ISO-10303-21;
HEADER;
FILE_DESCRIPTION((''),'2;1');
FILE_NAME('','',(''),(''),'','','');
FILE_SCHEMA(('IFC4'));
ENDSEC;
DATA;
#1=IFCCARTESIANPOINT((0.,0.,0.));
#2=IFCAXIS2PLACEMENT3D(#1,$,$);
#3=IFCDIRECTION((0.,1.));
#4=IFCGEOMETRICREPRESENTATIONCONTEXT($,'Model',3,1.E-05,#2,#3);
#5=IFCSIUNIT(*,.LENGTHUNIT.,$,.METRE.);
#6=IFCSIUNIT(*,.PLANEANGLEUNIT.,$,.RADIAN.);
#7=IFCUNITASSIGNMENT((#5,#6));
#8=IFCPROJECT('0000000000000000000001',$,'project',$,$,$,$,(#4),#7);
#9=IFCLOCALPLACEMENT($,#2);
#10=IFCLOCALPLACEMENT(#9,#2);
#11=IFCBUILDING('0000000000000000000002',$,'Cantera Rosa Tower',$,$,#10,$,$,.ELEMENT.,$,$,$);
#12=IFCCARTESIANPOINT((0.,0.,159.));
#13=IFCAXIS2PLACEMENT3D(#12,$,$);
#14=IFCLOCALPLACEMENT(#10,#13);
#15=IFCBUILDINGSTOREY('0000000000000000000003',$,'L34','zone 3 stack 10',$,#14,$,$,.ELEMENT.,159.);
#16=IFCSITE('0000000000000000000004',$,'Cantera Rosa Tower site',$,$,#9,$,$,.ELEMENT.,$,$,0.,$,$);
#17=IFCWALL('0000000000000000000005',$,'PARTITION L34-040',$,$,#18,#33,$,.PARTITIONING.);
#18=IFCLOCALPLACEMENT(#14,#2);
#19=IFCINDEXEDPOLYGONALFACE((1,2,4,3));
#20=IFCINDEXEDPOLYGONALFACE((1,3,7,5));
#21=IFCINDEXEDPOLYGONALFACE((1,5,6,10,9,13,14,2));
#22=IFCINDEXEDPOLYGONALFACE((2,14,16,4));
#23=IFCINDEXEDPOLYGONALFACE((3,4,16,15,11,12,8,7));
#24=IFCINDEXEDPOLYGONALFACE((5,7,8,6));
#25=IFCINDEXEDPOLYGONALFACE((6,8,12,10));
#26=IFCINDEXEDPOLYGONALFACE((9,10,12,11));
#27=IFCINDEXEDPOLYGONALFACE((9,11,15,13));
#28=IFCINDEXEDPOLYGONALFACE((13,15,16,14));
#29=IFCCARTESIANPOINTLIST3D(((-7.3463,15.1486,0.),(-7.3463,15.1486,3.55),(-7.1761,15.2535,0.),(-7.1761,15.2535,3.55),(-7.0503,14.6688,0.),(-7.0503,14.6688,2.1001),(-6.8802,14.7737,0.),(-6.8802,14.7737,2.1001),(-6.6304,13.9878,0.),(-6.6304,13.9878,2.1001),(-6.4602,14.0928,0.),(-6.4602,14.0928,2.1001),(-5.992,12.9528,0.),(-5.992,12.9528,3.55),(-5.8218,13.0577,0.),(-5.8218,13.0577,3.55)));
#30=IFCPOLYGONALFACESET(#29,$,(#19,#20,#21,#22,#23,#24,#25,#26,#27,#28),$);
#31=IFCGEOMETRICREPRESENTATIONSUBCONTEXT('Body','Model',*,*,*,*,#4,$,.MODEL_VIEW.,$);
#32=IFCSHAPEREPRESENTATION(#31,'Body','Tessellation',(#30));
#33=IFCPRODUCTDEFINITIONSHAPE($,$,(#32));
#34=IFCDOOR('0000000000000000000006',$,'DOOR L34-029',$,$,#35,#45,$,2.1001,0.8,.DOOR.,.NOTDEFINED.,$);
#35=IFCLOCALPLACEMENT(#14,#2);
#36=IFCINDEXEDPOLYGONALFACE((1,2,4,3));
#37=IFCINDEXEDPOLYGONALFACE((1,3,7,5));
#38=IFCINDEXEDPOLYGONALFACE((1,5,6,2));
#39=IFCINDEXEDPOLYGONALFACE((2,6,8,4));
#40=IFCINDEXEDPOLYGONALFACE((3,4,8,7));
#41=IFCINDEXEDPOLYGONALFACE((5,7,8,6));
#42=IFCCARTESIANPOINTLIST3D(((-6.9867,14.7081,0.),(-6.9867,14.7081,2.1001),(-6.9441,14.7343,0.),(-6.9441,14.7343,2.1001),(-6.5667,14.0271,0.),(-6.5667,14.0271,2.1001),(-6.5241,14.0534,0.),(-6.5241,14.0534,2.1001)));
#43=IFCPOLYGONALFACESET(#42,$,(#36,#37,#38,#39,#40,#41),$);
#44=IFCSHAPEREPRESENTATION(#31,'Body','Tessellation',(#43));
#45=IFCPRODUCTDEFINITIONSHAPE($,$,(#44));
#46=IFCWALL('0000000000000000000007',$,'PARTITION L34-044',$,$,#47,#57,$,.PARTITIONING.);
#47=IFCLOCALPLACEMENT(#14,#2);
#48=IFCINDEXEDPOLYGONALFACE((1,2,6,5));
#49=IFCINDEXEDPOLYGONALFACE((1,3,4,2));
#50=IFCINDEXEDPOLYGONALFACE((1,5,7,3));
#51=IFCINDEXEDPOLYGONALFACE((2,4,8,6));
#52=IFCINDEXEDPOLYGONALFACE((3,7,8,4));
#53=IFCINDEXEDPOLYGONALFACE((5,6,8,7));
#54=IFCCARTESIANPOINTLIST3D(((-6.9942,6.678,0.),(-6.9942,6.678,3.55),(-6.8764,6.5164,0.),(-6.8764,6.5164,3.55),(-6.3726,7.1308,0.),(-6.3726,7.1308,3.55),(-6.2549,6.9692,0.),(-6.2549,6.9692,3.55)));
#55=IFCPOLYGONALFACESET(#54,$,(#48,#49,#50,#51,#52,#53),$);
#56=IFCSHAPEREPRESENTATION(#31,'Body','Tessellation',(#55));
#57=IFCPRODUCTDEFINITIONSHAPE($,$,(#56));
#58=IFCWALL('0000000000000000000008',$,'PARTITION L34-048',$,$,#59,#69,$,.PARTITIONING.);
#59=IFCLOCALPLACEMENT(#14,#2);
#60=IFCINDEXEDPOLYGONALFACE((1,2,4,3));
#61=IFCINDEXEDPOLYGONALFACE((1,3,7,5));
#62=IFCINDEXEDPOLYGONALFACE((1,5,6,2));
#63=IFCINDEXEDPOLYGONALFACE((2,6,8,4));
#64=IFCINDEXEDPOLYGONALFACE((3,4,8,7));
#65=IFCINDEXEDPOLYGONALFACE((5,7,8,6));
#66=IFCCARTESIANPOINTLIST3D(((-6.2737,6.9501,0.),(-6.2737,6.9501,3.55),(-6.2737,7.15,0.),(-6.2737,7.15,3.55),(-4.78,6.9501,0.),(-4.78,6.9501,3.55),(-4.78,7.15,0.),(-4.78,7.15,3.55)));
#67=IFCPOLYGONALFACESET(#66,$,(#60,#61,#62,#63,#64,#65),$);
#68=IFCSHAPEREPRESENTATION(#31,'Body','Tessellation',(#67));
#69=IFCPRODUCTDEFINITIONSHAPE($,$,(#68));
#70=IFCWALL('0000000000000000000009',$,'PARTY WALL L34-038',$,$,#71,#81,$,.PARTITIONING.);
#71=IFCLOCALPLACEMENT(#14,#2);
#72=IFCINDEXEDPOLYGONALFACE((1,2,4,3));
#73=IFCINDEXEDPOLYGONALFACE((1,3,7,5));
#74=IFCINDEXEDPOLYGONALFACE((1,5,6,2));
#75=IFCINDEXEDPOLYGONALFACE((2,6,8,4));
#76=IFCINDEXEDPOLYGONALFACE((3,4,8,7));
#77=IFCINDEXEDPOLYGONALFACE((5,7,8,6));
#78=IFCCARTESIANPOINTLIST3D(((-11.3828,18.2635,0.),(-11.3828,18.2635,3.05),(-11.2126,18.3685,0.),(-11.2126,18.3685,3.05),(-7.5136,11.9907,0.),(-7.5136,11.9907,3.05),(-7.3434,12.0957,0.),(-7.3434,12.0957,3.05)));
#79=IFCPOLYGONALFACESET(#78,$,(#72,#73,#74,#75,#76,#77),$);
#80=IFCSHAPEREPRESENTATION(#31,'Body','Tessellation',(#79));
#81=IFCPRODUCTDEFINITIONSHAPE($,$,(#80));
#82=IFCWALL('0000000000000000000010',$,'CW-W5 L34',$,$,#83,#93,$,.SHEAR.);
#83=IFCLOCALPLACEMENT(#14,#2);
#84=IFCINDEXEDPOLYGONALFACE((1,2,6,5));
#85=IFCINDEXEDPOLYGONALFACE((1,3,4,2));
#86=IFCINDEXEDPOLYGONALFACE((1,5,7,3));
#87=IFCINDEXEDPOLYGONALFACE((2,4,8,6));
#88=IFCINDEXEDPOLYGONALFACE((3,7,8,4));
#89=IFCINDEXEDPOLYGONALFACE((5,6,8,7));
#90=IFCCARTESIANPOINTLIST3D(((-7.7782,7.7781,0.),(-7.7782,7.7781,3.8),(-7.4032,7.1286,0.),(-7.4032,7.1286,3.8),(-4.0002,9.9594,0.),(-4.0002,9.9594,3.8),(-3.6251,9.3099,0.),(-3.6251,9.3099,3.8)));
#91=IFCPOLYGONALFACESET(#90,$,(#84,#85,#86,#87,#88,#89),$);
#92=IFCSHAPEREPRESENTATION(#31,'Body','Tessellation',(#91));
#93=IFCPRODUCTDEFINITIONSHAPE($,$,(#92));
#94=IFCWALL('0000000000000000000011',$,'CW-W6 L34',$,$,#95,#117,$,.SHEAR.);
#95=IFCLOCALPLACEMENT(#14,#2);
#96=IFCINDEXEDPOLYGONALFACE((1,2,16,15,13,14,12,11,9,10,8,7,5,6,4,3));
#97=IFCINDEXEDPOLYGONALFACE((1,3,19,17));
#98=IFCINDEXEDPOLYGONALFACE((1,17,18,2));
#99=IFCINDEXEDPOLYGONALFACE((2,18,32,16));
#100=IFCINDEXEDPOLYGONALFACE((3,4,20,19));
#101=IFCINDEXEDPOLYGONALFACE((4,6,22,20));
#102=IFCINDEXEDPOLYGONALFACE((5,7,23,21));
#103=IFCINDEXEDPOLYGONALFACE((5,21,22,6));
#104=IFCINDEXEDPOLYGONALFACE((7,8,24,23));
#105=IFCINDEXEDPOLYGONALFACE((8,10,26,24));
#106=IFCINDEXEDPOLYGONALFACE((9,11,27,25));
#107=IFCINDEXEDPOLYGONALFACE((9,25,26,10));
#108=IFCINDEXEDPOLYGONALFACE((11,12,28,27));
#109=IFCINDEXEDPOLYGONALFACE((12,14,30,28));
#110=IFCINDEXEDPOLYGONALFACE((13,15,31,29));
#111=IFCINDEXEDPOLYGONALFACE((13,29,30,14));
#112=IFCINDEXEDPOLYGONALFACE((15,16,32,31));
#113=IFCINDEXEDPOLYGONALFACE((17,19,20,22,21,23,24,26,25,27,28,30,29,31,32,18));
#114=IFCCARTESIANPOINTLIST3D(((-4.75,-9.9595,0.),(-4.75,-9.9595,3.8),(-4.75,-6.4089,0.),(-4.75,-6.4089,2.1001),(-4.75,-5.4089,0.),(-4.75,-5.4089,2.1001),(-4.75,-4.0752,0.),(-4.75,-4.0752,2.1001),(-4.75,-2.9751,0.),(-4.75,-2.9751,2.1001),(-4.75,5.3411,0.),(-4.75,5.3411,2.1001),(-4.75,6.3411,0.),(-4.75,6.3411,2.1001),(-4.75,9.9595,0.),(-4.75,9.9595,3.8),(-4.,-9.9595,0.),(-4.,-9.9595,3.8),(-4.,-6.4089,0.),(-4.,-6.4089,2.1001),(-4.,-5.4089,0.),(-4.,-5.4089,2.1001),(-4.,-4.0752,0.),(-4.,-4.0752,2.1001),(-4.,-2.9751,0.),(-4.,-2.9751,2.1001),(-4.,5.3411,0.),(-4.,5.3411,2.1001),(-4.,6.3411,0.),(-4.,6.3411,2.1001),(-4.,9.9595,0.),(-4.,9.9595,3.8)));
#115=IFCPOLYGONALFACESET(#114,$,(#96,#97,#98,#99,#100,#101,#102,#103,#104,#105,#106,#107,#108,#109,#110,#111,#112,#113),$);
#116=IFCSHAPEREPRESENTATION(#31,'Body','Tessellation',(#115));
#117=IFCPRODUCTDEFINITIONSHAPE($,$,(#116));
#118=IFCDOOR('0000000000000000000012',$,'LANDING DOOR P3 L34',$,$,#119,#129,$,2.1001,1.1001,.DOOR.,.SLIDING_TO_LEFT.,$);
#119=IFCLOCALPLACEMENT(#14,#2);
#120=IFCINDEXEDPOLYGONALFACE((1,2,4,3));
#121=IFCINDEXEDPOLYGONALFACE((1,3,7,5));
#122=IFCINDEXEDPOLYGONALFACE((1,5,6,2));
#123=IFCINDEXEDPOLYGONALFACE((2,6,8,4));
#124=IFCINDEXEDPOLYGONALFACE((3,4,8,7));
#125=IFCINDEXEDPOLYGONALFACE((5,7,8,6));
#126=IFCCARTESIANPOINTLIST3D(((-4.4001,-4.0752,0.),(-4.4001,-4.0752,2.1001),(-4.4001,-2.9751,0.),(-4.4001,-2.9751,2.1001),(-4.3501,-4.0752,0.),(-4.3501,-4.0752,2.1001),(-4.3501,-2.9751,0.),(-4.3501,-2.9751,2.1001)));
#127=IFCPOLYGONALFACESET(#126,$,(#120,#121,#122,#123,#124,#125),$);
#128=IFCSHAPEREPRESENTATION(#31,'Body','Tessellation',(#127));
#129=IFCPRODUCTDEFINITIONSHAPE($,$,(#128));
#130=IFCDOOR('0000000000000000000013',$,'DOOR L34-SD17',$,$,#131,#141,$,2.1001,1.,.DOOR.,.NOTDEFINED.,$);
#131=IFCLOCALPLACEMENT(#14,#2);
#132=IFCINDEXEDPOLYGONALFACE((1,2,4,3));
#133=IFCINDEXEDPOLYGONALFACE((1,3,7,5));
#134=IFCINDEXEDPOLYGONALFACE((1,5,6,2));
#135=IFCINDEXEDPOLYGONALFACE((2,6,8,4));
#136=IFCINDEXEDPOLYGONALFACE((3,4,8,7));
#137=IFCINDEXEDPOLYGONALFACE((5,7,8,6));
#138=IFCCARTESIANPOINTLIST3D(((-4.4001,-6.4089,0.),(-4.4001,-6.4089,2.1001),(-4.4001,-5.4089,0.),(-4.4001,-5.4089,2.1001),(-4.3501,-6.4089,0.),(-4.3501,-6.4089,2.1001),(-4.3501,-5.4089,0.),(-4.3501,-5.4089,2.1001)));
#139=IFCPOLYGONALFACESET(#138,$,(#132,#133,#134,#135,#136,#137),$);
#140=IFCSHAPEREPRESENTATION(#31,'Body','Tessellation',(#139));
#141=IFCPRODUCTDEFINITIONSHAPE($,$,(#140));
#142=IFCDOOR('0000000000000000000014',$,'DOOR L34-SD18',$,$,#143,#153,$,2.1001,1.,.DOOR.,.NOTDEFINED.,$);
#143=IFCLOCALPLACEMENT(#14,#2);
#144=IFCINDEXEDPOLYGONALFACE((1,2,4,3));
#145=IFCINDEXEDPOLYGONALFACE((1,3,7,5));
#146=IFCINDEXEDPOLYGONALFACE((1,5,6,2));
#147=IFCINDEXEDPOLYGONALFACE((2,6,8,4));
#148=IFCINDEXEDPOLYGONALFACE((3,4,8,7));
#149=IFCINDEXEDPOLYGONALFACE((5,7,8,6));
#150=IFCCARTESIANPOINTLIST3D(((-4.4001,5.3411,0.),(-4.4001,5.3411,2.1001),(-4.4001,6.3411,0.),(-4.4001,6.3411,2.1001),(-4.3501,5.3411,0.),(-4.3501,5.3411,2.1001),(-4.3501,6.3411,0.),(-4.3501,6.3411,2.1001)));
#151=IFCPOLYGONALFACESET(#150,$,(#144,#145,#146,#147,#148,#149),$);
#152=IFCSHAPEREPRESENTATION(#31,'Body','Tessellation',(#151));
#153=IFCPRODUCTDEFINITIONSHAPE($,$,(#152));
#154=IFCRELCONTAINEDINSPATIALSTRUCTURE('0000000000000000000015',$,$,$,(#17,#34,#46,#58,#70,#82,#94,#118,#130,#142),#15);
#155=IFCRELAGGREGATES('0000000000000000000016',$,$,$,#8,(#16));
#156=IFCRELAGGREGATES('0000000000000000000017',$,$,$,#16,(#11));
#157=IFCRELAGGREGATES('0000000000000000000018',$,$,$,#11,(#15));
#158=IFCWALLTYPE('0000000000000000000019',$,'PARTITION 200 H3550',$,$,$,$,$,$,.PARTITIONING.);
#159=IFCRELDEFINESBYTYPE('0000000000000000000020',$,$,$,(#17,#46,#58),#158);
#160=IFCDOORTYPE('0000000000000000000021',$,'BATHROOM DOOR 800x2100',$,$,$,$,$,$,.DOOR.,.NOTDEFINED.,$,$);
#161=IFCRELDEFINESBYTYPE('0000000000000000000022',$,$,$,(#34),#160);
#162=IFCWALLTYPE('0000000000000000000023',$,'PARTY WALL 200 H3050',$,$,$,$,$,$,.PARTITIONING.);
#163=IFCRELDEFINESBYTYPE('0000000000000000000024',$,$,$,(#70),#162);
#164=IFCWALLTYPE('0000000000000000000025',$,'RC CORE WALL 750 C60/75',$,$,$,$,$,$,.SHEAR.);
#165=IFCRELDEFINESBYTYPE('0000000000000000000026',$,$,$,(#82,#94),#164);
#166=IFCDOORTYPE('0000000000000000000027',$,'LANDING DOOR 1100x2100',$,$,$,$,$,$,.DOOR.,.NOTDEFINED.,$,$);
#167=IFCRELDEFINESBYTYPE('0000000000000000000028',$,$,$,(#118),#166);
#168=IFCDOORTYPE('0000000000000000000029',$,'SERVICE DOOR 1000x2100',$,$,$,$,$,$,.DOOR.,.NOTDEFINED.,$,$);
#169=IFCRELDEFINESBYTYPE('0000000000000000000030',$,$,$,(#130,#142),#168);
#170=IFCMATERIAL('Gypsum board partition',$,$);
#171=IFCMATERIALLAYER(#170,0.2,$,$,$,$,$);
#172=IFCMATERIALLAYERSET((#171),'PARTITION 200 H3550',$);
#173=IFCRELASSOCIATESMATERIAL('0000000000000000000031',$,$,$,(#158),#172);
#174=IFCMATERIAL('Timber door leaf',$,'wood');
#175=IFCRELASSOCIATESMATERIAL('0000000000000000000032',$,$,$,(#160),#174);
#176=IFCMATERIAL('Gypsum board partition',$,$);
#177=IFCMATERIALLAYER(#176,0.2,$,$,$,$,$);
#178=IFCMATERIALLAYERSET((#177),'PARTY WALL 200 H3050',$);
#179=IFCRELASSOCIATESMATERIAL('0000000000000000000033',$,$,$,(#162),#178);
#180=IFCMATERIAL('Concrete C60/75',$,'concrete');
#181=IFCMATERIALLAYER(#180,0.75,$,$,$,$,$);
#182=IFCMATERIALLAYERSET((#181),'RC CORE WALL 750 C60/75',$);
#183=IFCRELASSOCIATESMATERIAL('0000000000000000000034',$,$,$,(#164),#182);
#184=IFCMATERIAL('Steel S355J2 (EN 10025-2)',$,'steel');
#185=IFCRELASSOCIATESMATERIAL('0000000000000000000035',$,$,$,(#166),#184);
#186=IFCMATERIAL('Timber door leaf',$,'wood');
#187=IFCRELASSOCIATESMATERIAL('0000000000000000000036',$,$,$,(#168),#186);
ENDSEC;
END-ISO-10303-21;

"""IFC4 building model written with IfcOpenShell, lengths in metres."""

from ifc_helpers import new_model, si_unit, direction, frame, frame_2d, origin, place, context, subcontext, project, spatial, rectangle, extrude, material, layer, layer_set, type_object, element, fill, save


model = new_model("IFC4")

# Units and contexts
model_context = context("Model", 3, precision=1e-05, world=origin(), true_north=direction((0.0, 1.0)))
body_context = subcontext(model_context, "Body", "Model", "MODEL_VIEW")
ifc_project = project(units=[si_unit("LENGTHUNIT", "METRE"), si_unit("PLANEANGLEUNIT", "RADIAN")], contexts=[model_context])

# Site, building, storey
site_placement = place(None, origin())
site = spatial("IfcSite", under=ifc_project, at=site_placement, Name="Cantera Rosa Tower site", CompositionType="ELEMENT", RefElevation=0.0)
building_placement = place(site_placement, origin())
building = spatial("IfcBuilding", under=site, at=building_placement, Name="Cantera Rosa Tower", CompositionType="ELEMENT")
storey_placement = place(building_placement, frame((0.0, 0.0, 159.0)))
storey = spatial("IfcBuildingStorey", under=building, at=storey_placement, Name="L34", Description="zone 3 stack 10", CompositionType="ELEMENT", Elevation=159.0)

# Shared definitions
ifc_material_1 = material(Name="Gypsum board partition")
ifc_layer_1 = layer(ifc_material_1, 0.2)
ifc_layer_set_1 = layer_set([ifc_layer_1], Name="PARTITION 200 H3550")
wall_type_1 = type_object("IfcWallType", Name="PARTITION 200 H3550", PredefinedType="PARTITIONING", material=ifc_layer_set_1)

# Shared definitions
ifc_material_2 = material(Name="Timber door leaf", Category="wood")
door_type_1 = type_object("IfcDoorType", Name="BATHROOM DOOR 800x2100", OperationType="NOTDEFINED", PredefinedType="DOOR", material=ifc_material_2)

# Wall, opening, door
wall_1_placement = place(storey_placement, frame((-7.2612, 15.2012, 0.0), z_axis=(0.0, 0.0, 1.0), x_axis=(0.524937, -0.851141, 0.0)))
wall_1 = element("IfcWall", 1, at=wall_1_placement, inside=storey, type_object=wall_type_1, Name="PARTITION L34-040", PredefinedType="PARTITIONING", context=body_context, shape_type="SweptSolid", body=[
    extrude(rectangle(XDim=2.5798, YDim=0.2, at=frame_2d((1.29, 0.0))), origin(), (0.0, 0.0, 1.0), 3.55),
])
opening_1_placement = place(wall_1_placement, frame((0.564, 0.0, 0.0)))
opening_1 = element("IfcOpeningElement", 2, at=opening_1_placement, cuts=wall_1, PredefinedType="OPENING", context=body_context, shape_type="SweptSolid", body=[
    extrude(rectangle(XDim=0.8, YDim=2.1001, at=frame_2d((0.3999, 1.05))), frame((0.0, 0.1099, 0.0), z_axis=(0.0, -1.0, 0.0), x_axis=(1.0, 0.0, 0.0)), (0.0, 0.0, 1.0), 0.22),
])
door_1_placement = place(opening_1_placement, origin())
door_1 = element("IfcDoor", 3, at=door_1_placement, inside=storey, type_object=door_type_1, Name="DOOR L34-029", OperationType="NOTDEFINED", OverallHeight=2.1001, OverallWidth=0.8, PredefinedType="DOOR", context=body_context, shape_type="SweptSolid", body=[
    extrude(rectangle(XDim=0.8, YDim=2.1001, at=frame_2d((0.3999, 1.05))), frame((0.0, 0.0249, 0.0), z_axis=(0.0, -1.0, 0.0), x_axis=(1.0, 0.0, 0.0)), (0.0, 0.0, 1.0), 0.05),
])
fill(opening_1, door_1)

# Walls
wall_2_placement = place(storey_placement, frame((-6.9353, 6.5972, 0.0), z_axis=(0.0, 0.0, 1.0), x_axis=(0.808228, 0.58887, 0.0)))
element("IfcWall", 4, at=wall_2_placement, inside=storey, type_object=wall_type_1, Name="PARTITION L34-044", PredefinedType="PARTITIONING", context=body_context, shape_type="SweptSolid", body=[
    extrude(rectangle(XDim=0.769, YDim=0.2, at=frame_2d((0.3845, 0.0))), origin(), (0.0, 0.0, 1.0), 3.55),
])
wall_3_placement = place(storey_placement, frame((-6.2737, 7.05, 0.0), z_axis=(0.0, 0.0, 1.0), x_axis=(1.0, 0.0, 0.0)))
element("IfcWall", 5, at=wall_3_placement, inside=storey, type_object=wall_type_1, Name="PARTITION L34-048", PredefinedType="PARTITIONING", context=body_context, shape_type="SweptSolid", body=[
    extrude(rectangle(XDim=1.4937, YDim=0.2, at=frame_2d((0.7468, 0.0))), origin(), (0.0, 0.0, 1.0), 3.55),
])
ifc_material_3 = material(Name="Gypsum board partition")
ifc_layer_2 = layer(ifc_material_3, 0.2)
ifc_layer_set_2 = layer_set([ifc_layer_2], Name="PARTY WALL 200 H3050")
wall_type_2 = type_object("IfcWallType", Name="PARTY WALL 200 H3050", PredefinedType="PARTITIONING", material=ifc_layer_set_2)
wall_4_placement = place(storey_placement, frame((-7.4285, 12.0432, 0.0), z_axis=(0.0, 0.0, 1.0), x_axis=(-0.524984, 0.851112, 0.0)))
element("IfcWall", 6, at=wall_4_placement, inside=storey, type_object=wall_type_2, Name="PARTY WALL L34-038", PredefinedType="PARTITIONING", context=body_context, shape_type="SweptSolid", body=[
    extrude(rectangle(XDim=7.3701, YDim=0.2, at=frame_2d((3.6851, 0.0))), origin(), (0.0, 0.0, 1.0), 3.05),
])
ifc_material_4 = material(Name="Concrete C60/75", Category="concrete")
ifc_layer_3 = layer(ifc_material_4, 0.75)
ifc_layer_set_3 = layer_set([ifc_layer_3], Name="RC CORE WALL 750 C60/75")
wall_type_3 = type_object("IfcWallType", Name="RC CORE WALL 750 C60/75", PredefinedType="SHEAR", material=ifc_layer_set_3)
wall_5_placement = place(storey_placement, frame((-7.5906, 7.4534, 0.0), z_axis=(0.0, 0.0, 1.0), x_axis=(0.866013, 0.500021, 0.0)))
element("IfcWall", 7, at=wall_5_placement, inside=storey, type_object=wall_type_3, Name="CW-W5 L34", PredefinedType="SHEAR", context=body_context, shape_type="SweptSolid", body=[
    extrude(rectangle(XDim=4.3625, YDim=0.75, at=frame_2d((2.1812, 0.0))), origin(), (0.0, 0.0, 1.0), 3.8),
])

# Wall, openings, doors
wall_6_placement = place(storey_placement, frame((-4.375, 9.9595, 0.0), z_axis=(0.0, 0.0, 1.0), x_axis=(0.0, -1.0, 0.0)))
wall_6 = element("IfcWall", 8, at=wall_6_placement, inside=storey, type_object=wall_type_3, Name="CW-W6 L34", PredefinedType="SHEAR", context=body_context, shape_type="SweptSolid", body=[
    extrude(rectangle(XDim=19.9189, YDim=0.75, at=frame_2d((9.9595, 0.0))), origin(), (0.0, 0.0, 1.0), 3.8),
])
opening_2_placement = place(wall_6_placement, frame((12.9346, 0.0, 0.0)))
opening_2 = element("IfcOpeningElement", 9, at=opening_2_placement, cuts=wall_6, PredefinedType="OPENING", context=body_context, shape_type="SweptSolid", body=[
    extrude(rectangle(XDim=1.1001, YDim=2.1001, at=frame_2d((0.55, 1.05))), frame((0.0, 0.385, 0.0), z_axis=(0.0, -1.0, 0.0), x_axis=(1.0, 0.0, 0.0)), (0.0, 0.0, 1.0), 0.77),
])
opening_3_placement = place(wall_6_placement, frame((15.3684, 0.0, 0.0)))
opening_3 = element("IfcOpeningElement", 10, at=opening_3_placement, cuts=wall_6, PredefinedType="OPENING", context=body_context, shape_type="SweptSolid", body=[
    extrude(rectangle(XDim=1.0, YDim=2.1001, at=frame_2d((0.5, 1.05))), frame((0.0, 0.385, 0.0), z_axis=(0.0, -1.0, 0.0), x_axis=(1.0, 0.0, 0.0)), (0.0, 0.0, 1.0), 0.77),
])
opening_4_placement = place(wall_6_placement, frame((3.6184, 0.0, 0.0)))
opening_4 = element("IfcOpeningElement", 11, at=opening_4_placement, cuts=wall_6, PredefinedType="OPENING", context=body_context, shape_type="SweptSolid", body=[
    extrude(rectangle(XDim=1.0, YDim=2.1001, at=frame_2d((0.5, 1.05))), frame((0.0, 0.385, 0.0), z_axis=(0.0, -1.0, 0.0), x_axis=(1.0, 0.0, 0.0)), (0.0, 0.0, 1.0), 0.77),
])
ifc_material_5 = material(Name="Steel S355J2 (EN 10025-2)", Category="steel")
door_type_2 = type_object("IfcDoorType", Name="LANDING DOOR 1100x2100", OperationType="NOTDEFINED", PredefinedType="DOOR", material=ifc_material_5)
door_2_placement = place(opening_2_placement, origin())
door_2 = element("IfcDoor", 12, at=door_2_placement, inside=storey, type_object=door_type_2, Name="LANDING DOOR P3 L34", OperationType="SLIDING_TO_LEFT", OverallHeight=2.1001, OverallWidth=1.1001, PredefinedType="DOOR", context=body_context, shape_type="SweptSolid", body=[
    extrude(rectangle(XDim=1.1001, YDim=2.1001, at=frame_2d((0.55, 1.05))), frame((0.0, 0.0249, 0.0), z_axis=(0.0, -1.0, 0.0), x_axis=(1.0, 0.0, 0.0)), (0.0, 0.0, 1.0), 0.05),
])
fill(opening_2, door_2)
ifc_material_6 = material(Name="Timber door leaf", Category="wood")
door_type_3 = type_object("IfcDoorType", Name="SERVICE DOOR 1000x2100", OperationType="NOTDEFINED", PredefinedType="DOOR", material=ifc_material_6)
door_3_placement = place(opening_3_placement, origin())
door_3 = element("IfcDoor", 13, at=door_3_placement, inside=storey, type_object=door_type_3, Name="DOOR L34-SD17", OperationType="NOTDEFINED", OverallHeight=2.1001, OverallWidth=1.0, PredefinedType="DOOR", context=body_context, shape_type="SweptSolid", body=[
    extrude(rectangle(XDim=1.0, YDim=2.1001, at=frame_2d((0.5, 1.05))), frame((0.0, 0.0249, 0.0), z_axis=(0.0, -1.0, 0.0), x_axis=(1.0, 0.0, 0.0)), (0.0, 0.0, 1.0), 0.05),
])
fill(opening_3, door_3)
door_4_placement = place(opening_4_placement, origin())
door_4 = element("IfcDoor", 14, at=door_4_placement, inside=storey, type_object=door_type_3, Name="DOOR L34-SD18", OperationType="NOTDEFINED", OverallHeight=2.1001, OverallWidth=1.0, PredefinedType="DOOR", context=body_context, shape_type="SweptSolid", body=[
    extrude(rectangle(XDim=1.0, YDim=2.1001, at=frame_2d((0.5, 1.05))), frame((0.0, 0.0249, 0.0), z_axis=(0.0, -1.0, 0.0), x_axis=(1.0, 0.0, 0.0)), (0.0, 0.0, 1.0), 0.05),
])
fill(opening_4, door_4)

save(model, "model.ifc")
